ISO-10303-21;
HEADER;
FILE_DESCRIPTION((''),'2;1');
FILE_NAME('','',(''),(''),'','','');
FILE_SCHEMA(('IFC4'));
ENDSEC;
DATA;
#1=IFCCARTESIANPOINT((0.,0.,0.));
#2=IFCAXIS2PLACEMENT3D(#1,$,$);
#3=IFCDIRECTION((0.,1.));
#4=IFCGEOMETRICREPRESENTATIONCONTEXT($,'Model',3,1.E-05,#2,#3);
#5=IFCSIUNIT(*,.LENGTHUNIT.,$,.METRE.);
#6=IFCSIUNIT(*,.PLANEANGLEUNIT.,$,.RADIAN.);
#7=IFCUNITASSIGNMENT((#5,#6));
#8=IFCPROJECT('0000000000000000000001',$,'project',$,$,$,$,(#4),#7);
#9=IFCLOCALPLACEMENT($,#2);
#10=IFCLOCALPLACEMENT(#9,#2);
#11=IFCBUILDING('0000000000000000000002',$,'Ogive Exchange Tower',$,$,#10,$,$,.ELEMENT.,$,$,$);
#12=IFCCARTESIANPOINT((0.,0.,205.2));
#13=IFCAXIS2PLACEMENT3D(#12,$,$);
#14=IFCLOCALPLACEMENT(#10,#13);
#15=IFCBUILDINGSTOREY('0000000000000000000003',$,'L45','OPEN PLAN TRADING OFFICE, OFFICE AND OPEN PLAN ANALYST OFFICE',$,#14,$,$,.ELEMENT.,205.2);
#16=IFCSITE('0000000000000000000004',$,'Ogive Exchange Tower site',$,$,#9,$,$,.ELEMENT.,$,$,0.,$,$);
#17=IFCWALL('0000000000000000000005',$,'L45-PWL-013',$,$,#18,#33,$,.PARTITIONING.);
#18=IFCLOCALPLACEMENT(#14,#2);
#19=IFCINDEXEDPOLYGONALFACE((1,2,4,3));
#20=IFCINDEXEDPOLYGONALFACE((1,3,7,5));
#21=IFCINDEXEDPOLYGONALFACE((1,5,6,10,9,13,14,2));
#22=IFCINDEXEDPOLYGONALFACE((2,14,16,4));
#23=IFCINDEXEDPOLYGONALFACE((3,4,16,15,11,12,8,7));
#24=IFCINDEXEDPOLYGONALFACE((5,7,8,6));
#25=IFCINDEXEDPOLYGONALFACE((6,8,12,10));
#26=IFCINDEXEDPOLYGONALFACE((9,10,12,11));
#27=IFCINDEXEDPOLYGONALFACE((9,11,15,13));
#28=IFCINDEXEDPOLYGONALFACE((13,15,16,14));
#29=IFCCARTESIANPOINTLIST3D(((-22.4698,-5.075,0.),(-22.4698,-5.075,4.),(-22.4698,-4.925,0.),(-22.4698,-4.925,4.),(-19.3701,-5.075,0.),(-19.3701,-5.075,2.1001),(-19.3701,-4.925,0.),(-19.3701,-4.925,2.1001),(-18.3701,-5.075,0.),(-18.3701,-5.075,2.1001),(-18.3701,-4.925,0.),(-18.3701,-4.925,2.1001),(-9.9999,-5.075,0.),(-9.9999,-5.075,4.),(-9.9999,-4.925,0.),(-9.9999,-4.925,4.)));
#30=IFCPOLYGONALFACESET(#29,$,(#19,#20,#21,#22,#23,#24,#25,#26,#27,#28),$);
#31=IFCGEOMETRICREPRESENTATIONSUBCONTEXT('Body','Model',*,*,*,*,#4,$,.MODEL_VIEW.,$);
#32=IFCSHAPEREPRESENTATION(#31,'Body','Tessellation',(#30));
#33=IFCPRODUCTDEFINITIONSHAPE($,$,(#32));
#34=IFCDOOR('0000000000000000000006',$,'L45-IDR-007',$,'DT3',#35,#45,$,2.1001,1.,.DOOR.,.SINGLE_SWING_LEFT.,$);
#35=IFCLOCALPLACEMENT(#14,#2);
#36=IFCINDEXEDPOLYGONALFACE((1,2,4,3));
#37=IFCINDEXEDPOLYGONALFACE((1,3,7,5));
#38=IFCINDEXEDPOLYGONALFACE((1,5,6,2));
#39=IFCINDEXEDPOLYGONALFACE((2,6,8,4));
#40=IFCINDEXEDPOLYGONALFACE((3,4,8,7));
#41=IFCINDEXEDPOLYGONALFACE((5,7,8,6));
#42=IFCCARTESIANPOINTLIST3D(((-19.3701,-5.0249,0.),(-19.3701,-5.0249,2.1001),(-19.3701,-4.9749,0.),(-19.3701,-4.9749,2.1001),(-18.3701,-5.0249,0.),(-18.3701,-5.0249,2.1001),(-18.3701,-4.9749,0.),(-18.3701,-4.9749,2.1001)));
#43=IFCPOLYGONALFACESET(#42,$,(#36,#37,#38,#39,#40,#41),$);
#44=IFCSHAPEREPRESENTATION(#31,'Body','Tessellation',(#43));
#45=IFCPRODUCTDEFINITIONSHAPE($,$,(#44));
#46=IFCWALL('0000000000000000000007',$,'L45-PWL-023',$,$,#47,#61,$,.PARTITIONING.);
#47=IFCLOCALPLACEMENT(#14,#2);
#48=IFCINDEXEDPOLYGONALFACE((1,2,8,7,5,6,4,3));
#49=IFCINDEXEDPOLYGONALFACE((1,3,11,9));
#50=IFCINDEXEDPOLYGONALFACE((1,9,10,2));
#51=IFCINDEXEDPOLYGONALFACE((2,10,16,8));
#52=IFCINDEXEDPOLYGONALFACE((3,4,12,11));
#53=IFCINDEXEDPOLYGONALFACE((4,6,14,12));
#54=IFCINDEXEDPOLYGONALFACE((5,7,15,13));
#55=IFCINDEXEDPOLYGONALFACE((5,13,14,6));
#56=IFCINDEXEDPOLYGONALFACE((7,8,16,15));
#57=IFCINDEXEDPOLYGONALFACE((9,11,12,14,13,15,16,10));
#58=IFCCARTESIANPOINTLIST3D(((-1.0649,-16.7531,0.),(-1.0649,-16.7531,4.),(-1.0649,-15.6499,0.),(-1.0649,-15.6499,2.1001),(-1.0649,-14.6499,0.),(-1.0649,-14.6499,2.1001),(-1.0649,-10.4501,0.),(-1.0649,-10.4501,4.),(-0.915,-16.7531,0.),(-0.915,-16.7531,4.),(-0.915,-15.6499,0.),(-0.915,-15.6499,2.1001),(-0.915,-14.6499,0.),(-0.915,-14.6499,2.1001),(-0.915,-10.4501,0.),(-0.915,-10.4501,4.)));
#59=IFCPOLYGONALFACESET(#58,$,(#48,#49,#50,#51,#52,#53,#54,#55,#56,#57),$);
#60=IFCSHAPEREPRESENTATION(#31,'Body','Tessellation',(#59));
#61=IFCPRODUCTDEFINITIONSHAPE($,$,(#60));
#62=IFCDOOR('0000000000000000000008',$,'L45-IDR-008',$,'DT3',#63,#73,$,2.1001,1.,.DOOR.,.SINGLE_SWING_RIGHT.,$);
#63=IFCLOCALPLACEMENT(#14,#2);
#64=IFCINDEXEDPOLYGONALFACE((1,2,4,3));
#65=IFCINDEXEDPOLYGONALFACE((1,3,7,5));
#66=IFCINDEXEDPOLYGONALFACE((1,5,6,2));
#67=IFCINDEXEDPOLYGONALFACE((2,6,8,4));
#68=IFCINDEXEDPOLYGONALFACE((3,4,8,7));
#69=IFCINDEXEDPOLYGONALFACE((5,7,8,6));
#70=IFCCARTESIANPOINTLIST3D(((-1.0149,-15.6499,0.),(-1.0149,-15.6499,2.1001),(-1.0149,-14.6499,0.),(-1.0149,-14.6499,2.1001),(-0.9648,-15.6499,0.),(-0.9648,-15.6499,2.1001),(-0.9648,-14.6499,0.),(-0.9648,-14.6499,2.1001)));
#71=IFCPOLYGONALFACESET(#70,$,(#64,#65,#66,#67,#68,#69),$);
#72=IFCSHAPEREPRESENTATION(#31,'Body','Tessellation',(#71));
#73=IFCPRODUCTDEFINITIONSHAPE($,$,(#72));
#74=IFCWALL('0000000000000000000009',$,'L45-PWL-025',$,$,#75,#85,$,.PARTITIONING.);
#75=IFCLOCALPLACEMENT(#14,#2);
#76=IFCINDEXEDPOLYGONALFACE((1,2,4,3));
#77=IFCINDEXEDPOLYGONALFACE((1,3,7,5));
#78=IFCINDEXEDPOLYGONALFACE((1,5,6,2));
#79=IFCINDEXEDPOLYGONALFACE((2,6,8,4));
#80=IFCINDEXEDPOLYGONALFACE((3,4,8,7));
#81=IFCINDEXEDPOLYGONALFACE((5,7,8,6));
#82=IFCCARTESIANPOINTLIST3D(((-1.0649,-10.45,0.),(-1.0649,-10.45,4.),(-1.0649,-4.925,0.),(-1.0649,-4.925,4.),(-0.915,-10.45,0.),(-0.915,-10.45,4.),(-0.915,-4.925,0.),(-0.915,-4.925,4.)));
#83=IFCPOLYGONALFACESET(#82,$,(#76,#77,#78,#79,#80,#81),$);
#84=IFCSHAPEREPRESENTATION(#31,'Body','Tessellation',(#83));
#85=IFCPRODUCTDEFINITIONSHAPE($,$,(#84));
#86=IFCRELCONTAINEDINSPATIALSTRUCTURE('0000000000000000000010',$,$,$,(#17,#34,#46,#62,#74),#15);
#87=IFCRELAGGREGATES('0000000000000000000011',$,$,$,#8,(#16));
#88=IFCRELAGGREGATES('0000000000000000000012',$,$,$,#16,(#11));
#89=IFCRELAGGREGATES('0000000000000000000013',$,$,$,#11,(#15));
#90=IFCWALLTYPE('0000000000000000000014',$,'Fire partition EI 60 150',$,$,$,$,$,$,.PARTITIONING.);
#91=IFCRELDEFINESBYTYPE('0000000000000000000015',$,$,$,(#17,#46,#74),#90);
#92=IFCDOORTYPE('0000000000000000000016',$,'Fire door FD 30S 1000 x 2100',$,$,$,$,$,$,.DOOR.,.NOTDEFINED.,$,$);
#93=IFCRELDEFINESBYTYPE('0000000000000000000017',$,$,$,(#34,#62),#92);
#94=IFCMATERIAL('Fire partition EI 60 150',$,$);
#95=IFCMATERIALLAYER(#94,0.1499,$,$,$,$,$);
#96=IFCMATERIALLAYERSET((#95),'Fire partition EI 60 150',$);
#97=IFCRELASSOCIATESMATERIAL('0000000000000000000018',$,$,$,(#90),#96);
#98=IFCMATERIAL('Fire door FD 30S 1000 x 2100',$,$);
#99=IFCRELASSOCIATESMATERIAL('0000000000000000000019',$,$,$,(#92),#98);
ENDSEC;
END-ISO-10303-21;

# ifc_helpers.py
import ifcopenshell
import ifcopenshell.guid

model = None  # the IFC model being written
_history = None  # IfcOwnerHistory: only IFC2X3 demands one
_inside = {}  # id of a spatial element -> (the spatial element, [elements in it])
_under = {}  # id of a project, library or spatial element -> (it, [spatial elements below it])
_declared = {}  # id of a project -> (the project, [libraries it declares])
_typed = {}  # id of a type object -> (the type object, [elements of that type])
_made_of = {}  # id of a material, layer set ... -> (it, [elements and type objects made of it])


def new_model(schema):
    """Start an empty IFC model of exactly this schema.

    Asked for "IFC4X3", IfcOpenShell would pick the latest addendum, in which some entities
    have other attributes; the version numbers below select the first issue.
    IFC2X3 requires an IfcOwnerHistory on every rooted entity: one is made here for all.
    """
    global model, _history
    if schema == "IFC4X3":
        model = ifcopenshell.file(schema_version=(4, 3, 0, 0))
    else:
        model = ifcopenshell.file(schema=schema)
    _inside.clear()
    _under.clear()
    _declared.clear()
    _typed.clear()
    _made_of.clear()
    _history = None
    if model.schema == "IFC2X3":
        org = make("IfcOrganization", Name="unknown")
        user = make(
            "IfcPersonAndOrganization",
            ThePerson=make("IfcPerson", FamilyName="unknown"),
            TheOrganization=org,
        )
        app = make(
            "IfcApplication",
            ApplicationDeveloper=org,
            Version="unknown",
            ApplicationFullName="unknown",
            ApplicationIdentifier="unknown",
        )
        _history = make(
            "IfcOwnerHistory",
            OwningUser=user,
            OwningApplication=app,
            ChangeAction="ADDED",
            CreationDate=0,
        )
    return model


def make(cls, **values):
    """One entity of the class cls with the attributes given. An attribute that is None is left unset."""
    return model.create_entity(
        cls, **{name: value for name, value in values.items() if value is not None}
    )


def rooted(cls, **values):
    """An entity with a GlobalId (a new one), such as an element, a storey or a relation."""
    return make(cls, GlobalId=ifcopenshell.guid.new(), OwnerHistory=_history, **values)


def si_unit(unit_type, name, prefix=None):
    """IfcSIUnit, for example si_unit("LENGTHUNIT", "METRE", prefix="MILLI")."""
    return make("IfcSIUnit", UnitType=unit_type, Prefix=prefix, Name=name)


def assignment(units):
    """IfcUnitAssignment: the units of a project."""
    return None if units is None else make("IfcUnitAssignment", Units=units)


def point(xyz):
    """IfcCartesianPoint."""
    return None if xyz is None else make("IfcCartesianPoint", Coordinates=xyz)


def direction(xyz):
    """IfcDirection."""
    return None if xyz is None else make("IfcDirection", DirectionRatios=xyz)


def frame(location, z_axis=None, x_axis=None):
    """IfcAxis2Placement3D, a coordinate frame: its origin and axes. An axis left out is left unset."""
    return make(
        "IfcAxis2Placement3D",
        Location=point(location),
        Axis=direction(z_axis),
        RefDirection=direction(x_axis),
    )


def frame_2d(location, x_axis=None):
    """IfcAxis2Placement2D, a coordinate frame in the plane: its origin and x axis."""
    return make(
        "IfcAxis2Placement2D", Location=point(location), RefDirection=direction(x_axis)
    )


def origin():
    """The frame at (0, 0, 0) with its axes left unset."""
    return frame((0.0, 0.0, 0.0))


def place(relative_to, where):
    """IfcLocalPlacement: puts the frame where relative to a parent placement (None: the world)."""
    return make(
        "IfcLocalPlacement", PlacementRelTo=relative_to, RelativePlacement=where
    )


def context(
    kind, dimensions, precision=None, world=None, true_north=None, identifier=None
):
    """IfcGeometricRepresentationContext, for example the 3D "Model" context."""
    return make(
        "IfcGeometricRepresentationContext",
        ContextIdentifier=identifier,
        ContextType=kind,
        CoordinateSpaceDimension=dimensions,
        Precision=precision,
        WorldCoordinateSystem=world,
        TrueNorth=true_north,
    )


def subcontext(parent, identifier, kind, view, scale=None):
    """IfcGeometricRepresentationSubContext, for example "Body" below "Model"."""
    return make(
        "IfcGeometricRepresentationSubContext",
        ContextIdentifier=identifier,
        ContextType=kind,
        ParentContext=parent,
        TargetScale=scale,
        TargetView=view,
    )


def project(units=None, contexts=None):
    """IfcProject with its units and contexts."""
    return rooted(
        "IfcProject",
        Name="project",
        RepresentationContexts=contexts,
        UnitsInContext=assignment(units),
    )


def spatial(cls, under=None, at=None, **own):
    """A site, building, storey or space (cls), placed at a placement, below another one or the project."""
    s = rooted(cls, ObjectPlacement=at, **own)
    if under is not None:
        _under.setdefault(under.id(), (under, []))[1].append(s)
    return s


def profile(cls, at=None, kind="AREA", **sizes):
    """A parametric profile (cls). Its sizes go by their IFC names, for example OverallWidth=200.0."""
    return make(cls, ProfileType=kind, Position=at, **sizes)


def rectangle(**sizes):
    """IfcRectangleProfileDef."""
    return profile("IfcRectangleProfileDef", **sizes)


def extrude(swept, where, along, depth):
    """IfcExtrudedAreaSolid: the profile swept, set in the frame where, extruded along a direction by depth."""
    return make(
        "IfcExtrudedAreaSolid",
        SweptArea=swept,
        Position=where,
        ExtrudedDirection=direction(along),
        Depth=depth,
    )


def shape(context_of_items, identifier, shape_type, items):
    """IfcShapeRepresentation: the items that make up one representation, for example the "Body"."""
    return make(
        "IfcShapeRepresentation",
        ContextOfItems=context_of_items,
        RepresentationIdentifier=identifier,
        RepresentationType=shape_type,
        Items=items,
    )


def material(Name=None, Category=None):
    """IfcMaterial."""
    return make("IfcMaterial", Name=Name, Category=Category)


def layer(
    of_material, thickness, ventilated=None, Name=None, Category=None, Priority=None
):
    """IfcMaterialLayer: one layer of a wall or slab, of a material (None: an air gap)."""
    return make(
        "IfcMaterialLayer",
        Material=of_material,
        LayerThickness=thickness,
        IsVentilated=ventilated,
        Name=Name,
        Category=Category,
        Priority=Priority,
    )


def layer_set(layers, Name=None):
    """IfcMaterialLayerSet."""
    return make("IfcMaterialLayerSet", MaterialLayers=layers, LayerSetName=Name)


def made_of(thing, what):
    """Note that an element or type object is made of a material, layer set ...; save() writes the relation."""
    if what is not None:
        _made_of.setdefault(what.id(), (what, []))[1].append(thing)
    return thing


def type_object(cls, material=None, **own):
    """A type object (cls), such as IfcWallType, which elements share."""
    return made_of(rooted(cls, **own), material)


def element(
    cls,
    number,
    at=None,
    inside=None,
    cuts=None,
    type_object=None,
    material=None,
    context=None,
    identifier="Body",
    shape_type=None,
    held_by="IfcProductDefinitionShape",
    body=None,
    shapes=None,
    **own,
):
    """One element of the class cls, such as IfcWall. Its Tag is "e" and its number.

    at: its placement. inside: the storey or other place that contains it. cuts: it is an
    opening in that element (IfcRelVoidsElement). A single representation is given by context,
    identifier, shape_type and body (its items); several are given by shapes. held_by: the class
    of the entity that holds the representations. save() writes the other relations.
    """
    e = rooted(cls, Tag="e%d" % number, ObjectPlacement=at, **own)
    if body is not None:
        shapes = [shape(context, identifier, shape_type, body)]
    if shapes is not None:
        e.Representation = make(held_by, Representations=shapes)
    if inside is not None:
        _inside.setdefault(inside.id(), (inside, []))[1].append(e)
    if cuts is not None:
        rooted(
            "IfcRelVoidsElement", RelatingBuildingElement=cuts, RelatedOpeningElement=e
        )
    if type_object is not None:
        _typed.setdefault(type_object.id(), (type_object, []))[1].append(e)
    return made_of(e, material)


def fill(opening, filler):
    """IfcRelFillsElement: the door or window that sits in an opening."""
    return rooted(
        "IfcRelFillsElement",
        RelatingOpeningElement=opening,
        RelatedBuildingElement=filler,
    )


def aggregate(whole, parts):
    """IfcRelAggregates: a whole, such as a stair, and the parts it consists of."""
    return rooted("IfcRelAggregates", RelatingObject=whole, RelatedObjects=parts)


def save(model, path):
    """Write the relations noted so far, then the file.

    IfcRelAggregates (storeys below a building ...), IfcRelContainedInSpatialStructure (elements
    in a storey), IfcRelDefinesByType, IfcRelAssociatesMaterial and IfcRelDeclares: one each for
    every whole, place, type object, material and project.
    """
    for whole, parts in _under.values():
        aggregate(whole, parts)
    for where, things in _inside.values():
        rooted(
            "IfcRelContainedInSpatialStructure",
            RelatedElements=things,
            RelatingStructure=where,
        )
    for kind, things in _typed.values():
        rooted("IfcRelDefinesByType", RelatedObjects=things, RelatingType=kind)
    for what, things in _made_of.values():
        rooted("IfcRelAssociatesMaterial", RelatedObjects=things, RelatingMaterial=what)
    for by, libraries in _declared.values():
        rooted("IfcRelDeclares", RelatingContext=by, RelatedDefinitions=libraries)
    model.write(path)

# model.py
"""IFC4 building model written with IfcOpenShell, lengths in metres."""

from ifc_helpers import new_model, si_unit, direction, frame, frame_2d, origin, place, context, subcontext, project, spatial, rectangle, extrude, material, layer, layer_set, type_object, element, fill, save


model = new_model("IFC4")

# Units and contexts
model_context = context("Model", 3, precision=1e-05, world=origin(), true_north=direction((0.0, 1.0)))
body_context = subcontext(model_context, "Body", "Model", "MODEL_VIEW")
ifc_project = project(units=[si_unit("LENGTHUNIT", "METRE"), si_unit("PLANEANGLEUNIT", "RADIAN")], contexts=[model_context])

# Site, building, storey
site_placement = place(None, origin())
site = spatial("IfcSite", under=ifc_project, at=site_placement, Name="Ogive Exchange Tower site", CompositionType="ELEMENT", RefElevation=0.0)
building_placement = place(site_placement, origin())
building = spatial("IfcBuilding", under=site, at=building_placement, Name="Ogive Exchange Tower", CompositionType="ELEMENT")
storey_placement = place(building_placement, frame((0.0, 0.0, 205.2)))
storey = spatial("IfcBuildingStorey", under=building, at=storey_placement, Name="L45", Description="OPEN PLAN TRADING OFFICE, OFFICE AND OPEN PLAN ANALYST OFFICE", CompositionType="ELEMENT", Elevation=205.2)

# Walls, openings, doors
ifc_material_1 = material(Name="Fire partition EI 60 150")
ifc_layer_1 = layer(ifc_material_1, 0.1499)
ifc_layer_set_1 = layer_set([ifc_layer_1], Name="Fire partition EI 60 150")
wall_type_1 = type_object("IfcWallType", Name="Fire partition EI 60 150", PredefinedType="PARTITIONING", material=ifc_layer_set_1)
wall_1_placement = place(storey_placement, frame((-10.0, -5.0, 0.0), z_axis=(0.0, 0.0, 1.0), x_axis=(-1.0, 0.0, 0.0)))
wall_1 = element("IfcWall", 1, at=wall_1_placement, inside=storey, type_object=wall_type_1, Name="L45-PWL-013", PredefinedType="PARTITIONING", context=body_context, shape_type="SweptSolid", body=[
    extrude(rectangle(XDim=12.47, YDim=0.1499, at=frame_2d((6.2349, 0.0))), origin(), (0.0, 0.0, 1.0), 4.0),
])
opening_1_placement = place(wall_1_placement, frame((8.3701, 0.0, 0.0)))
opening_1 = element("IfcOpeningElement", 2, at=opening_1_placement, cuts=wall_1, PredefinedType="OPENING", context=body_context, shape_type="SweptSolid", body=[
    extrude(rectangle(XDim=1.0, YDim=2.1001, at=frame_2d((0.5, 1.05))), frame((0.0, 0.085, 0.0), z_axis=(0.0, -1.0, 0.0), x_axis=(1.0, 0.0, 0.0)), (0.0, 0.0, 1.0), 0.1699),
])
ifc_material_2 = material(Name="Fire door FD 30S 1000 x 2100")
door_type_1 = type_object("IfcDoorType", Name="Fire door FD 30S 1000 x 2100", OperationType="NOTDEFINED", PredefinedType="DOOR", material=ifc_material_2)
door_1_placement = place(opening_1_placement, origin())
door_1 = element("IfcDoor", 3, at=door_1_placement, inside=storey, type_object=door_type_1, Name="L45-IDR-007", ObjectType="DT3", OperationType="SINGLE_SWING_LEFT", OverallHeight=2.1001, OverallWidth=1.0, PredefinedType="DOOR", context=body_context, shape_type="SweptSolid", body=[
    extrude(rectangle(XDim=1.0, YDim=2.1001, at=frame_2d((0.5, 1.05))), frame((0.0, 0.0249, 0.0), z_axis=(0.0, -1.0, 0.0), x_axis=(1.0, 0.0, 0.0)), (0.0, 0.0, 1.0), 0.05),
])
fill(opening_1, door_1)
wall_2_placement = place(storey_placement, frame((-0.99, -16.7529, 0.0), z_axis=(0.0, 0.0, 1.0), x_axis=(0.0, 1.0, 0.0)))
wall_2 = element("IfcWall", 4, at=wall_2_placement, inside=storey, type_object=wall_type_1, Name="L45-PWL-023", PredefinedType="PARTITIONING", context=body_context, shape_type="SweptSolid", body=[
    extrude(rectangle(XDim=6.303, YDim=0.1499, at=frame_2d((3.1514, 0.0))), origin(), (0.0, 0.0, 1.0), 4.0),
])
opening_2_placement = place(wall_2_placement, frame((1.103, 0.0, 0.0)))
opening_2 = element("IfcOpeningElement", 5, at=opening_2_placement, cuts=wall_2, PredefinedType="OPENING", context=body_context, shape_type="SweptSolid", body=[
    extrude(rectangle(XDim=1.0, YDim=2.1001, at=frame_2d((0.5, 1.05))), frame((0.0, 0.085, 0.0), z_axis=(0.0, -1.0, 0.0), x_axis=(1.0, 0.0, 0.0)), (0.0, 0.0, 1.0), 0.1699),
])
door_2_placement = place(opening_2_placement, origin())
door_2 = element("IfcDoor", 6, at=door_2_placement, inside=storey, type_object=door_type_1, Name="L45-IDR-008", ObjectType="DT3", OperationType="SINGLE_SWING_RIGHT", OverallHeight=2.1001, OverallWidth=1.0, PredefinedType="DOOR", context=body_context, shape_type="SweptSolid", body=[
    extrude(rectangle(XDim=1.0, YDim=2.1001, at=frame_2d((0.5, 1.05))), frame((0.0, 0.0249, 0.0), z_axis=(0.0, -1.0, 0.0), x_axis=(1.0, 0.0, 0.0)), (0.0, 0.0, 1.0), 0.05),
])
fill(opening_2, door_2)

# Wall
wall_3_placement = place(storey_placement, frame((-0.99, -10.45, 0.0), z_axis=(0.0, 0.0, 1.0), x_axis=(0.0, 1.0, 0.0)))
element("IfcWall", 7, at=wall_3_placement, inside=storey, type_object=wall_type_1, Name="L45-PWL-025", PredefinedType="PARTITIONING", context=body_context, shape_type="SweptSolid", body=[
    extrude(rectangle(XDim=5.5249, YDim=0.1499, at=frame_2d((2.7625, 0.0))), origin(), (0.0, 0.0, 1.0), 4.0),
])

save(model, "model.ifc")
